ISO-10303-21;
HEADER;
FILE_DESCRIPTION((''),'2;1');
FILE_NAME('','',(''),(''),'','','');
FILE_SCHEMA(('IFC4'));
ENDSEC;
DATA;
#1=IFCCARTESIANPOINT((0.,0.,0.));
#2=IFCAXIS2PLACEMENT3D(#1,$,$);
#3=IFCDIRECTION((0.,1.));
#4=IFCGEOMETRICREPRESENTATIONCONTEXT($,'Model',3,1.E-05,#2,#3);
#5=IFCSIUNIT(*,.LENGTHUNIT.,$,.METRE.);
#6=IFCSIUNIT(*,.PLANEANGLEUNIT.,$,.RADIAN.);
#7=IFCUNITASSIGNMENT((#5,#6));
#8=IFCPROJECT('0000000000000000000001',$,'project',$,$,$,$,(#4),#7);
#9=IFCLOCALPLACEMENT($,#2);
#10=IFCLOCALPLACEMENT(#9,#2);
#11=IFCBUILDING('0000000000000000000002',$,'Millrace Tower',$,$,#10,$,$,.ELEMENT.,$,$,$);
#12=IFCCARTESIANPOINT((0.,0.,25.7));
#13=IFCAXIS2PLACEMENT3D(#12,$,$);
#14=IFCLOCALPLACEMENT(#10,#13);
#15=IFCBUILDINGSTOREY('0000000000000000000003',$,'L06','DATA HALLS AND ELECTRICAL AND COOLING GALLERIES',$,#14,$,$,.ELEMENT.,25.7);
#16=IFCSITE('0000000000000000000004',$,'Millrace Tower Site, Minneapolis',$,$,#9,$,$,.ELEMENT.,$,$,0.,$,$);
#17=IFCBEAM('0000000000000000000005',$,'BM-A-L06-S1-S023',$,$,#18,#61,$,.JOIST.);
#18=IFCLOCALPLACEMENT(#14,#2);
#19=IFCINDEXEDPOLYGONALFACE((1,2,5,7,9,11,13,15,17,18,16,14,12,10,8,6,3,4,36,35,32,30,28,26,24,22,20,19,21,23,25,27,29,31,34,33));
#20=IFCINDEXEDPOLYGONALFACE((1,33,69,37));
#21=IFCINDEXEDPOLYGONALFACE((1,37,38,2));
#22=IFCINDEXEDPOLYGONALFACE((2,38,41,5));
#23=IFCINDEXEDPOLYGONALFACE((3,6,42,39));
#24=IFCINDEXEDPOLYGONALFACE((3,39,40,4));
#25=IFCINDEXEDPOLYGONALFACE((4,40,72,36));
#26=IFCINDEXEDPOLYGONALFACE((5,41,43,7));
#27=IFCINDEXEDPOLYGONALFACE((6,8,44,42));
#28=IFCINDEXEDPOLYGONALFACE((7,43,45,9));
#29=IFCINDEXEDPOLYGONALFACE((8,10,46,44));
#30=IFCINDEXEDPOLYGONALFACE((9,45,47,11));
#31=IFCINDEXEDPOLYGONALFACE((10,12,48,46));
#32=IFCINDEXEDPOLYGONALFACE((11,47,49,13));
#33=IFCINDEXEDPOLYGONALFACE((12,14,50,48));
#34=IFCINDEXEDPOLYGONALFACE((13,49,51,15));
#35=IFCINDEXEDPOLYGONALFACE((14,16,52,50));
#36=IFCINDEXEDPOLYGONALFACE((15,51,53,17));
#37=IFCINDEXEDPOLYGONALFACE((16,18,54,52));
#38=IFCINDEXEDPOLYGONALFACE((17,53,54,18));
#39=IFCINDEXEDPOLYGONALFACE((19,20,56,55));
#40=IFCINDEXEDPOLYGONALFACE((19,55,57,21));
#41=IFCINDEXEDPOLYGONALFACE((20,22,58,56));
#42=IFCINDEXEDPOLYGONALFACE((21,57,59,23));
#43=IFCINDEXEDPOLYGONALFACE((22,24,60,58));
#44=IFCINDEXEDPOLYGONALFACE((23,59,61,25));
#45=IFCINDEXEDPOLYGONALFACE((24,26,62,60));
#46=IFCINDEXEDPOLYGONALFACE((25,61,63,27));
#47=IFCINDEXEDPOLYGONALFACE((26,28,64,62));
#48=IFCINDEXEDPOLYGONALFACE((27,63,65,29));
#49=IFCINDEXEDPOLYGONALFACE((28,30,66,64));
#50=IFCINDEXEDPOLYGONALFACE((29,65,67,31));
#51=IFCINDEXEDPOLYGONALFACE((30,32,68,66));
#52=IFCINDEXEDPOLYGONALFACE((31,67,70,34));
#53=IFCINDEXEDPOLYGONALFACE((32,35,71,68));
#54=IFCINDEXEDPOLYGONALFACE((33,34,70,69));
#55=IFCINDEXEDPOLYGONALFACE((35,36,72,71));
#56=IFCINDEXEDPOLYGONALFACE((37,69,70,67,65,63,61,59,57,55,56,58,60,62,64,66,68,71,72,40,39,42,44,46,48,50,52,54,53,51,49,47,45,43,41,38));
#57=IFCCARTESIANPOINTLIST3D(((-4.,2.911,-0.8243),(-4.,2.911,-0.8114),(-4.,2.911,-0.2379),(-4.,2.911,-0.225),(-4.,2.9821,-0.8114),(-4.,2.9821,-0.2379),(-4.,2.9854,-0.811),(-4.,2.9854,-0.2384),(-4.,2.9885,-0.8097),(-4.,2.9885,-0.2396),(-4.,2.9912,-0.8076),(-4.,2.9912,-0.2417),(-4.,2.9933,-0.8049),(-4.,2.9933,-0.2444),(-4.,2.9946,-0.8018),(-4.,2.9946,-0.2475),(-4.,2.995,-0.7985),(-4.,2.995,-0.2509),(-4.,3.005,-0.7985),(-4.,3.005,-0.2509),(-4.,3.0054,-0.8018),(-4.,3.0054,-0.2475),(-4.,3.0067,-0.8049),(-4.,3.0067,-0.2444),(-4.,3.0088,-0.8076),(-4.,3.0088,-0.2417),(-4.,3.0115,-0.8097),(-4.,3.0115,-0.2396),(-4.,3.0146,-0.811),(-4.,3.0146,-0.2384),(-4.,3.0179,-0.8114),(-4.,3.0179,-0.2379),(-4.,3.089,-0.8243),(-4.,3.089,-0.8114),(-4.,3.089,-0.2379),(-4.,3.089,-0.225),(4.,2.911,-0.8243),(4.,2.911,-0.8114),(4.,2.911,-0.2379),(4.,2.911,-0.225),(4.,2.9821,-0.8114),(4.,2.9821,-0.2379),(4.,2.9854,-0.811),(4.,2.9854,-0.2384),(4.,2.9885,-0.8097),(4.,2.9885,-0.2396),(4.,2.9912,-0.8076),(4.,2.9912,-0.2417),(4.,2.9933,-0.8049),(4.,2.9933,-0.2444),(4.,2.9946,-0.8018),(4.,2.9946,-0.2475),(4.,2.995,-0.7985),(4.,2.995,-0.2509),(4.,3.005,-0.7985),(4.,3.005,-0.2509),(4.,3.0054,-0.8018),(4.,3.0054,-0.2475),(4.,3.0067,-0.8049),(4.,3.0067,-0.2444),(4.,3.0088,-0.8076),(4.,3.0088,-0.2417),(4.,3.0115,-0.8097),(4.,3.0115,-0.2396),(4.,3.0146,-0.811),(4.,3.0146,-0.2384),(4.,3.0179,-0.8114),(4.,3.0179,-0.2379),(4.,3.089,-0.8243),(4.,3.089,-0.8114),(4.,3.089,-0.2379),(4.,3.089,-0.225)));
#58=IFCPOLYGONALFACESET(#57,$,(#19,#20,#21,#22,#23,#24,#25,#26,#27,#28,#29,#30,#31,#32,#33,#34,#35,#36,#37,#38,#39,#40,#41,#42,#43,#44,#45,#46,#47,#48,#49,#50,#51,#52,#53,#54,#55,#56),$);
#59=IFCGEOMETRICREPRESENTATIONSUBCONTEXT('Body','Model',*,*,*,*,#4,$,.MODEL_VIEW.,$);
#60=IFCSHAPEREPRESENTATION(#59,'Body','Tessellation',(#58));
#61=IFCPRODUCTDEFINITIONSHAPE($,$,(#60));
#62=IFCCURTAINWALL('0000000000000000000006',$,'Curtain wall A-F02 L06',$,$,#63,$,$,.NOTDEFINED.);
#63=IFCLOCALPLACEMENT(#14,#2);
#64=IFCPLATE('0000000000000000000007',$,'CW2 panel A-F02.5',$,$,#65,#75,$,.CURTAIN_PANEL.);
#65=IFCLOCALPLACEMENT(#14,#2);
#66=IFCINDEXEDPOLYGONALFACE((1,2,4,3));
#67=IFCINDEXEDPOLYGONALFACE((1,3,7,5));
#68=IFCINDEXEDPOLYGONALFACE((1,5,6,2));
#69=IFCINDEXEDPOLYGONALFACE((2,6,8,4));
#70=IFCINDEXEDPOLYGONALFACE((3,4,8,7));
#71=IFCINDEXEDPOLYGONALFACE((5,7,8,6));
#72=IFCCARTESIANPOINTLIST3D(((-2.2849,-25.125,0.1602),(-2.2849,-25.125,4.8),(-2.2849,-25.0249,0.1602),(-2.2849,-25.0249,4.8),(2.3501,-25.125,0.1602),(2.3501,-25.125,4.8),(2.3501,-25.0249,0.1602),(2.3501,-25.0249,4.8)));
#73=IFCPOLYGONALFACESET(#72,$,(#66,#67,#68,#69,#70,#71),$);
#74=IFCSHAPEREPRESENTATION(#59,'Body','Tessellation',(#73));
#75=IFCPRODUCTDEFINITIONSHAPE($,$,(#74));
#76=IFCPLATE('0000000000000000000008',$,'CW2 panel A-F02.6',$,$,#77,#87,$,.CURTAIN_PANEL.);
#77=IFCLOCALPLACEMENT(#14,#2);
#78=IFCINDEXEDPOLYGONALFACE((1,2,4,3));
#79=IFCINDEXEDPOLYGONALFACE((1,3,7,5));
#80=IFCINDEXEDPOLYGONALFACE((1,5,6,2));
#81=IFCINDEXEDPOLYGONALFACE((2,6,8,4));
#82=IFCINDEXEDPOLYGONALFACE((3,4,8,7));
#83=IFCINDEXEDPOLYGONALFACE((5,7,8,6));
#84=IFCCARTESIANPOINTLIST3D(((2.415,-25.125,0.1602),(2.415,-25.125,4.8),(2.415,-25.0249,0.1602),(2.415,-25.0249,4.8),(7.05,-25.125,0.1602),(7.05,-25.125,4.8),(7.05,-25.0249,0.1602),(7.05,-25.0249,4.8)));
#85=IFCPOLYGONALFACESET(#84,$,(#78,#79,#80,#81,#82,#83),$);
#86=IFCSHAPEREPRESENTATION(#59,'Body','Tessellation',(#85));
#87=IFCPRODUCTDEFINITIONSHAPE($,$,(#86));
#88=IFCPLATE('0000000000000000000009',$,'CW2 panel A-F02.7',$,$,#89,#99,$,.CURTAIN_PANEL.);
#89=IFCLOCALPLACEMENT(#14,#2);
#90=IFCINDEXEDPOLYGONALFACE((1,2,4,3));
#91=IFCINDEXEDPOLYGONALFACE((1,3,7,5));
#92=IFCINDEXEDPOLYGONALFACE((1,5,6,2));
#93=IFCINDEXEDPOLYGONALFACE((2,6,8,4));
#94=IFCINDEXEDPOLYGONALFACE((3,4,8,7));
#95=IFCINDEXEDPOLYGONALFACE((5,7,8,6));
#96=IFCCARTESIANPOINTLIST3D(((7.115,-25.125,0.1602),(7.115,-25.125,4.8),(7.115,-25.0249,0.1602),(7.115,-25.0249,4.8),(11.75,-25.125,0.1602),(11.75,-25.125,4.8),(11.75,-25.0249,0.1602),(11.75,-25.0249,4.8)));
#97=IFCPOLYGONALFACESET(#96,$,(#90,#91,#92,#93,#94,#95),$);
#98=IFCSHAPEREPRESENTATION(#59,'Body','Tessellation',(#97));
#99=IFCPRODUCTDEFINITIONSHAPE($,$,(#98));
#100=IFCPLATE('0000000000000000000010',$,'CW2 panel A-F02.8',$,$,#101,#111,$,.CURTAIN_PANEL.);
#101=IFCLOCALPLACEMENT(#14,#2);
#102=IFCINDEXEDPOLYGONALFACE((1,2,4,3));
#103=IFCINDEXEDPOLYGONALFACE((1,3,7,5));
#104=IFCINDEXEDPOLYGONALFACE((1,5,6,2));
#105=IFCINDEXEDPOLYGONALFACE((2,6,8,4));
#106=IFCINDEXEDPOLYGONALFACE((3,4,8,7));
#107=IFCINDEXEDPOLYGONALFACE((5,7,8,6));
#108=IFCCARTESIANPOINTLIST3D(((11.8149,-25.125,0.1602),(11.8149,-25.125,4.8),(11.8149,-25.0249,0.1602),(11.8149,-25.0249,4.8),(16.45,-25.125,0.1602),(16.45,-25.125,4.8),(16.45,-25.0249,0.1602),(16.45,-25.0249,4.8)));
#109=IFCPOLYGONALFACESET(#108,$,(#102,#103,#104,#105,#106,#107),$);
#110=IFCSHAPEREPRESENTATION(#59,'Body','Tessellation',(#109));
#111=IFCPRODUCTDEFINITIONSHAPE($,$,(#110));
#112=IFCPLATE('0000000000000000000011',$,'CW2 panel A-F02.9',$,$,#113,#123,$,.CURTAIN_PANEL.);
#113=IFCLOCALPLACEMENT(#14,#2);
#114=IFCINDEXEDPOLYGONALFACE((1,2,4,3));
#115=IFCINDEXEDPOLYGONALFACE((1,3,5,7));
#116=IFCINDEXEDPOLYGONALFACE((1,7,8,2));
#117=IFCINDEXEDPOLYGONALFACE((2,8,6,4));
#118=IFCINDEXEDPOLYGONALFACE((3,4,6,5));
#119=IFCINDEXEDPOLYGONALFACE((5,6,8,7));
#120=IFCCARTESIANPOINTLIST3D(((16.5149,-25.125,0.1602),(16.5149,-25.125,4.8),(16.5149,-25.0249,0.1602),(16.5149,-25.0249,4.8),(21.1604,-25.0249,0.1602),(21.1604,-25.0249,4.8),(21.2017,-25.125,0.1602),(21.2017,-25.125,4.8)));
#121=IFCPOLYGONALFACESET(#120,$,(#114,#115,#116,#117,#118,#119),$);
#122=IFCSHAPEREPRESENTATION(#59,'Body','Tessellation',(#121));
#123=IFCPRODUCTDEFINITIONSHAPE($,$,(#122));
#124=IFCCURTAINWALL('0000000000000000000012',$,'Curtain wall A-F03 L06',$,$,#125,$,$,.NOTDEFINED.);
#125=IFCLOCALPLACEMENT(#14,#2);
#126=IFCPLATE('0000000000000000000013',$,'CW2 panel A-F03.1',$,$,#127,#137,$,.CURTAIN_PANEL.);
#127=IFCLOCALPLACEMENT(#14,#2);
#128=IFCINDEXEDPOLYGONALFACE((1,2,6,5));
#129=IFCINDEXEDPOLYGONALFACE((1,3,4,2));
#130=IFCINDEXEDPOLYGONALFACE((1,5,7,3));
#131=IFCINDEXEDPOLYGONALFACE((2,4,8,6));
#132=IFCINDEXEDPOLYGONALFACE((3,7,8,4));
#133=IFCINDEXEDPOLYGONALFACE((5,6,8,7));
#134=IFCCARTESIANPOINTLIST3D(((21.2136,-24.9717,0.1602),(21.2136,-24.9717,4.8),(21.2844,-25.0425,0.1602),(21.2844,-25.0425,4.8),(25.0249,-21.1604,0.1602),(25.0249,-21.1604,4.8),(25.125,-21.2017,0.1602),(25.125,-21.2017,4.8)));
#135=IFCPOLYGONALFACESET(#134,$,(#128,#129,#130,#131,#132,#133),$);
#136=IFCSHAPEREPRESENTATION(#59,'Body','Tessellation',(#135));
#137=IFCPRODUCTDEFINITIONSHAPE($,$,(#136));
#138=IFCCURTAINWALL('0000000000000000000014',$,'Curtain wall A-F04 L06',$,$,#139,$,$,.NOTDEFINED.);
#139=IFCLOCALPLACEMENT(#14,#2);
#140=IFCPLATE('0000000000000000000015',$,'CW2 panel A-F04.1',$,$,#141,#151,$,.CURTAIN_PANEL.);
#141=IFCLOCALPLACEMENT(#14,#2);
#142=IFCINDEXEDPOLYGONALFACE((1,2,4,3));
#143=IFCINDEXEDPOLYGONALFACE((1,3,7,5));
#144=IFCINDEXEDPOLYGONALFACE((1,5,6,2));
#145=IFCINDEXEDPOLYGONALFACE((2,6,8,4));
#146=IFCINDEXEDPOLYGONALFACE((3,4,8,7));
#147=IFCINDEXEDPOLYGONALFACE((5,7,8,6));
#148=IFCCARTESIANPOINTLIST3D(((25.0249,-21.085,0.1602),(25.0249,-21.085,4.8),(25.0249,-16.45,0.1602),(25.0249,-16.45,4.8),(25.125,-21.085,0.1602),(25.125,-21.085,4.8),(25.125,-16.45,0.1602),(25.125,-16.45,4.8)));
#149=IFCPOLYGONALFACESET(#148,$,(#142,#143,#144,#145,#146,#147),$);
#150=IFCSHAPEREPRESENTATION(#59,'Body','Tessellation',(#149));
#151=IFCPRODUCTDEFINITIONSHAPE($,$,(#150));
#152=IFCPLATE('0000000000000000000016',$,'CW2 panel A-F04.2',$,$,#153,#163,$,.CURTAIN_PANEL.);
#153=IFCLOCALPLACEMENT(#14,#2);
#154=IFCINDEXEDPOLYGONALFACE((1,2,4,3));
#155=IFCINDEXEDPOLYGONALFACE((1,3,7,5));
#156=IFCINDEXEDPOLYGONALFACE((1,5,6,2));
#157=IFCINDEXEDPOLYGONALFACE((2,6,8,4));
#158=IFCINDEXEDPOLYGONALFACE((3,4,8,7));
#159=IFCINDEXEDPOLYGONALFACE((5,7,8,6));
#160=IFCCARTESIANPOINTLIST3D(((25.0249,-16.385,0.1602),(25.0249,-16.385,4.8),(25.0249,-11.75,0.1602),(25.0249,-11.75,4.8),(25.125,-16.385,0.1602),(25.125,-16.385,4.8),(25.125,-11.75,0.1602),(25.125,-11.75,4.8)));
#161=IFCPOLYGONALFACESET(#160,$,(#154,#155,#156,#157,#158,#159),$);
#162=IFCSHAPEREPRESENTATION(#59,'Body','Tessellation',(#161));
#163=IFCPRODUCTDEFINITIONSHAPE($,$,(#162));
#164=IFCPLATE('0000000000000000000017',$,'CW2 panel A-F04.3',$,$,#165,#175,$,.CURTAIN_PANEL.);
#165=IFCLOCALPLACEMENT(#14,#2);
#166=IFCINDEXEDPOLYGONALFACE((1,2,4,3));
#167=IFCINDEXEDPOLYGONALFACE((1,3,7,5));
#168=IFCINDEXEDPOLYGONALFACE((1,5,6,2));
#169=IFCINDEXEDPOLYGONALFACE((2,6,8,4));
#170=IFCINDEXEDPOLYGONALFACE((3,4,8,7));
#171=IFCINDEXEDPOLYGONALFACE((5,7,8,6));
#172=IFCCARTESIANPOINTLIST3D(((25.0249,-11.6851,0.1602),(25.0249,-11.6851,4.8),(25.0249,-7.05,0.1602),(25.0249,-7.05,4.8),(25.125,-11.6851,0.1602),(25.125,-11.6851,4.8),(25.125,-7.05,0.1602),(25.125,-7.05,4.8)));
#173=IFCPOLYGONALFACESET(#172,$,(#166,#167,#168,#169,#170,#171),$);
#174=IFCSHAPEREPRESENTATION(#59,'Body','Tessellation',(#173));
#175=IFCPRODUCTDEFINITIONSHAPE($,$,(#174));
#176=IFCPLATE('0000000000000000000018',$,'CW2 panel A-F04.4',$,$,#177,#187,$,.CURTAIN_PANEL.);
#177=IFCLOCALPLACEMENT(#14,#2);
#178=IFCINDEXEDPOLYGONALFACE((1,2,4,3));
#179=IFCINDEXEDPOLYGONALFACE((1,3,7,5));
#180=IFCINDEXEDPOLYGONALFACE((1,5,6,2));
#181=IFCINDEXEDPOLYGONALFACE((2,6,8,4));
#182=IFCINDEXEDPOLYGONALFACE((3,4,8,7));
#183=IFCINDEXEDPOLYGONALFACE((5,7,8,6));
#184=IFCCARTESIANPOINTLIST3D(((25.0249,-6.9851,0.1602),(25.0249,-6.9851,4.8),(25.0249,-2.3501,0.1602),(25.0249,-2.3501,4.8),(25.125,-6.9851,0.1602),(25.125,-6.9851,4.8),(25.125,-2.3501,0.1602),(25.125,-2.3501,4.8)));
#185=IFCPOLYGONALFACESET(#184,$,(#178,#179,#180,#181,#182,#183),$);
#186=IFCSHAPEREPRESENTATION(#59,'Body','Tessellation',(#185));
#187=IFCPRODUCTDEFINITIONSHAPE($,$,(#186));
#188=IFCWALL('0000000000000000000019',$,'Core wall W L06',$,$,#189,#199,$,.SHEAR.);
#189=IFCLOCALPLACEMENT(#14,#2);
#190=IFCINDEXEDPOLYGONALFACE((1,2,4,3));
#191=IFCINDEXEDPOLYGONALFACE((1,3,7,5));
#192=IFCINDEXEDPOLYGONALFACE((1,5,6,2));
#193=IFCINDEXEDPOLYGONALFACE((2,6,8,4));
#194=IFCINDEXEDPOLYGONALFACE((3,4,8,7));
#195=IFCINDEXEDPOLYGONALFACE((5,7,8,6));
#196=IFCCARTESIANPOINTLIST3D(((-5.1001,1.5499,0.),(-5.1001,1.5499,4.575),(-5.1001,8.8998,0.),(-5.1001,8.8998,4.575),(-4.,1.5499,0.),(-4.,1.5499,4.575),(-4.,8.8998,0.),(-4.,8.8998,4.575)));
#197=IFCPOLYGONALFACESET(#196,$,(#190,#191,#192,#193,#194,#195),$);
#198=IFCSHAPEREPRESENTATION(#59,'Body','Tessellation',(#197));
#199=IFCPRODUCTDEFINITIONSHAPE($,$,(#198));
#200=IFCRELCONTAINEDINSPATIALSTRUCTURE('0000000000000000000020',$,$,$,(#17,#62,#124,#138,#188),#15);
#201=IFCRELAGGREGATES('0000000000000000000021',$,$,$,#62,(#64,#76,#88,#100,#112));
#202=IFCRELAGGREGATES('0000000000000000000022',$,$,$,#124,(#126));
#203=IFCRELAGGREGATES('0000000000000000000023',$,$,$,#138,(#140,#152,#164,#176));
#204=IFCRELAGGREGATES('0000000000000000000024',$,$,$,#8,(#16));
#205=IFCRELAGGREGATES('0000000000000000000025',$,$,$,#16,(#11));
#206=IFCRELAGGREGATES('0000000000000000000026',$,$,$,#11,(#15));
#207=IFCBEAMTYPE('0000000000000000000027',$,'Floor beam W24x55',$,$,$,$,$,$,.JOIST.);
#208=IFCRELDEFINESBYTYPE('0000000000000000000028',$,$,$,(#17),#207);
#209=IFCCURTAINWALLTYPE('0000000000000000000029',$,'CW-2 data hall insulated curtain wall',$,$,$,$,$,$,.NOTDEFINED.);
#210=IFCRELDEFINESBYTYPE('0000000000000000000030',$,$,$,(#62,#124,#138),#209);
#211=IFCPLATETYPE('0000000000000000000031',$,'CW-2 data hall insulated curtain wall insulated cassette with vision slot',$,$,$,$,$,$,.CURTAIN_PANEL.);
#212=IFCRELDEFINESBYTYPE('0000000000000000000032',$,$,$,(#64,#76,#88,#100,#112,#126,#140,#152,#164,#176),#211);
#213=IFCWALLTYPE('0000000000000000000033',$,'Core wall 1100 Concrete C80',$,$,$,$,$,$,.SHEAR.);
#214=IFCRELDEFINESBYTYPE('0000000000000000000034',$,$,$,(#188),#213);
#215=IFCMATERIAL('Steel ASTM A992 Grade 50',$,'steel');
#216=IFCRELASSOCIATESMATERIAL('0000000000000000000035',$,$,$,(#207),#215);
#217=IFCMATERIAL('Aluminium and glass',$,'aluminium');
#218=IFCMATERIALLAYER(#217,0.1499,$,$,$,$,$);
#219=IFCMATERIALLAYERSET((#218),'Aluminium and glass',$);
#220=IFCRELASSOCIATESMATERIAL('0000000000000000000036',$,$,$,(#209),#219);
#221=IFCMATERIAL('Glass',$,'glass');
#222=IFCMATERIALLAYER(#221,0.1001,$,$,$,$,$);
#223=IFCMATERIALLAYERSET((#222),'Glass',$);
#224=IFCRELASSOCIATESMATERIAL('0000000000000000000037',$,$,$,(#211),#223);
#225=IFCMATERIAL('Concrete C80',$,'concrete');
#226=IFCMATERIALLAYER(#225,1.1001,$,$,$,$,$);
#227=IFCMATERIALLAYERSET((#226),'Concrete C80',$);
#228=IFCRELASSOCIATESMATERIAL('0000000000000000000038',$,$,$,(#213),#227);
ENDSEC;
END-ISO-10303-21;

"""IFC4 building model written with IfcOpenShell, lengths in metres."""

from ifc_helpers import new_model, si_unit, direction, frame, frame_2d, origin, origin_2d, place, context, subcontext, project, spatial, polyline, rectangle, i_section, outline, extrude, material, layer, layer_set, material_profile, profile_set, type_object, element, aggregate, save


model = new_model("IFC4")

# Units and contexts
model_context = context("Model", 3, precision=1e-05, world=origin(), true_north=direction((0.0, 1.0)))
body_context = subcontext(model_context, "Body", "Model", "MODEL_VIEW")
ifc_project = project(units=[si_unit("LENGTHUNIT", "METRE"), si_unit("PLANEANGLEUNIT", "RADIAN")], contexts=[model_context])

# Site, building, storey
site_placement = place(None, origin())
site = spatial("IfcSite", under=ifc_project, at=site_placement, Name="Millrace Tower Site, Minneapolis", CompositionType="ELEMENT", RefElevation=0.0)
building_placement = place(site_placement, origin())
building = spatial("IfcBuilding", under=site, at=building_placement, Name="Millrace Tower", CompositionType="ELEMENT")
storey_placement = place(building_placement, frame((0.0, 0.0, 25.7)))
storey = spatial("IfcBuildingStorey", under=building, at=storey_placement, Name="L06", Description="DATA HALLS AND ELECTRICAL AND COOLING GALLERIES", CompositionType="ELEMENT", Elevation=25.7)

# Beam
ifc_material_1 = material(Name="Steel ASTM A992 Grade 50", Category="steel")
ifc_material_profile = material_profile(ifc_material_1, i_section(OverallWidth=0.178, OverallDepth=0.5994, WebThickness=0.01, FlangeThickness=0.0129, FilletRadius=0.0129, at=origin_2d()))
ifc_profile_set = profile_set([ifc_material_profile], Name="Steel ASTM A992 Grade 50")
beam_type = type_object("IfcBeamType", Name="Floor beam W24x55", PredefinedType="JOIST", material=ifc_profile_set)
beam_placement = place(storey_placement, frame((-4.0, 3.0, -0.5247), z_axis=(1.0, 0.0, 0.0), x_axis=(0.0, 1.0, 0.0)))
element("IfcBeam", 1, at=beam_placement, inside=storey, type_object=beam_type, Name="BM-A-L06-S1-S023", PredefinedType="JOIST", context=body_context, shape_type="SweptSolid", body=[
    extrude(i_section(OverallWidth=0.178, OverallDepth=0.5994, WebThickness=0.01, FlangeThickness=0.0129, FilletRadius=0.0129, at=origin_2d()), origin(), (0.0, 0.0, 1.0), 8.0),
])

# Curtain wall, plates
ifc_material_2 = material(Name="Aluminium and glass", Category="aluminium")
ifc_layer_1 = layer(ifc_material_2, 0.1499)
ifc_layer_set_1 = layer_set([ifc_layer_1], Name="Aluminium and glass")
curtain_wall_type = type_object("IfcCurtainWallType", Name="CW-2 data hall insulated curtain wall", PredefinedType="NOTDEFINED", material=ifc_layer_set_1)
placement_1 = place(storey_placement, origin())
curtain_wall_1 = element("IfcCurtainWall", 2, at=placement_1, inside=storey, type_object=curtain_wall_type, Name="Curtain wall A-F02 L06", PredefinedType="NOTDEFINED")
ifc_material_3 = material(Name="Glass", Category="glass")
ifc_layer_2 = layer(ifc_material_3, 0.1001)
ifc_layer_set_2 = layer_set([ifc_layer_2], Name="Glass")
plate_type = type_object("IfcPlateType", Name="CW-2 data hall insulated curtain wall insulated cassette with vision slot", PredefinedType="CURTAIN_PANEL", material=ifc_layer_set_2)
placement_2 = place(storey_placement, frame((0.0, 0.0, 0.1602)))
plate_1 = element("IfcPlate", 3, at=placement_2, type_object=plate_type, Name="CW2 panel A-F02.5", PredefinedType="CURTAIN_PANEL", context=body_context, shape_type="SweptSolid", body=[
    extrude(outline(polyline([(-2.2849, -25.125), (2.3501, -25.125), (2.3501, -25.0249), (-2.2849, -25.0249), (-2.2849, -25.125)])), origin(), (0.0, 0.0, 1.0), 4.6399),
])
plate_2 = element("IfcPlate", 4, at=placement_2, type_object=plate_type, Name="CW2 panel A-F02.6", PredefinedType="CURTAIN_PANEL", context=body_context, shape_type="SweptSolid", body=[
    extrude(outline(polyline([(2.415, -25.125), (7.05, -25.125), (7.05, -25.0249), (2.415, -25.0249), (2.415, -25.125)])), origin(), (0.0, 0.0, 1.0), 4.6399),
])
plate_3 = element("IfcPlate", 5, at=placement_2, type_object=plate_type, Name="CW2 panel A-F02.7", PredefinedType="CURTAIN_PANEL", context=body_context, shape_type="SweptSolid", body=[
    extrude(outline(polyline([(7.115, -25.125), (11.75, -25.125), (11.75, -25.0249), (7.115, -25.0249), (7.115, -25.125)])), origin(), (0.0, 0.0, 1.0), 4.6399),
])
plate_4 = element("IfcPlate", 6, at=placement_2, type_object=plate_type, Name="CW2 panel A-F02.8", PredefinedType="CURTAIN_PANEL", context=body_context, shape_type="SweptSolid", body=[
    extrude(outline(polyline([(11.8149, -25.125), (16.45, -25.125), (16.45, -25.0249), (11.8149, -25.0249), (11.8149, -25.125)])), origin(), (0.0, 0.0, 1.0), 4.6399),
])
plate_5 = element("IfcPlate", 7, at=placement_2, type_object=plate_type, Name="CW2 panel A-F02.9", PredefinedType="CURTAIN_PANEL", context=body_context, shape_type="SweptSolid", body=[
    extrude(outline(polyline([(16.5149, -25.125), (21.2017, -25.125), (21.1604, -25.0249), (16.5149, -25.0249), (16.5149, -25.125)])), origin(), (0.0, 0.0, 1.0), 4.6399),
])
aggregate(curtain_wall_1, [plate_1, plate_2, plate_3, plate_4, plate_5])

# Curtain wall, plate
curtain_wall_2 = element("IfcCurtainWall", 8, at=placement_1, inside=storey, type_object=curtain_wall_type, Name="Curtain wall A-F03 L06", PredefinedType="NOTDEFINED")
plate_6 = element("IfcPlate", 9, at=placement_2, type_object=plate_type, Name="CW2 panel A-F03.1", PredefinedType="CURTAIN_PANEL", context=body_context, shape_type="SweptSolid", body=[
    extrude(outline(polyline([(21.2844, -25.0425), (25.125, -21.2017), (25.0249, -21.1604), (21.2136, -24.9717), (21.2844, -25.0425)])), origin(), (0.0, 0.0, 1.0), 4.6399),
])
aggregate(curtain_wall_2, [plate_6])

# Curtain wall, plates
curtain_wall_3 = element("IfcCurtainWall", 10, at=placement_1, inside=storey, type_object=curtain_wall_type, Name="Curtain wall A-F04 L06", PredefinedType="NOTDEFINED")
plate_7 = element("IfcPlate", 11, at=placement_2, type_object=plate_type, Name="CW2 panel A-F04.1", PredefinedType="CURTAIN_PANEL", context=body_context, shape_type="SweptSolid", body=[
    extrude(outline(polyline([(25.125, -21.085), (25.125, -16.45), (25.0249, -16.45), (25.0249, -21.085), (25.125, -21.085)])), origin(), (0.0, 0.0, 1.0), 4.6399),
])
plate_8 = element("IfcPlate", 12, at=placement_2, type_object=plate_type, Name="CW2 panel A-F04.2", PredefinedType="CURTAIN_PANEL", context=body_context, shape_type="SweptSolid", body=[
    extrude(outline(polyline([(25.125, -16.385), (25.125, -11.75), (25.0249, -11.75), (25.0249, -16.385), (25.125, -16.385)])), origin(), (0.0, 0.0, 1.0), 4.6399),
])
plate_9 = element("IfcPlate", 13, at=placement_2, type_object=plate_type, Name="CW2 panel A-F04.3", PredefinedType="CURTAIN_PANEL", context=body_context, shape_type="SweptSolid", body=[
    extrude(outline(polyline([(25.125, -11.6851), (25.125, -7.05), (25.0249, -7.05), (25.0249, -11.6851), (25.125, -11.6851)])), origin(), (0.0, 0.0, 1.0), 4.6399),
])
plate_10 = element("IfcPlate", 14, at=placement_2, type_object=plate_type, Name="CW2 panel A-F04.4", PredefinedType="CURTAIN_PANEL", context=body_context, shape_type="SweptSolid", body=[
    extrude(outline(polyline([(25.125, -6.9851), (25.125, -2.3501), (25.0249, -2.3501), (25.0249, -6.9851), (25.125, -6.9851)])), origin(), (0.0, 0.0, 1.0), 4.6399),
])
aggregate(curtain_wall_3, [plate_7, plate_8, plate_9, plate_10])

# Wall
ifc_material_4 = material(Name="Concrete C80", Category="concrete")
ifc_layer_3 = layer(ifc_material_4, 1.1001)
ifc_layer_set_3 = layer_set([ifc_layer_3], Name="Concrete C80")
wall_type_1 = type_object("IfcWallType", Name="Core wall 1100 Concrete C80", PredefinedType="SHEAR", material=ifc_layer_set_3)
wall_1_placement = place(storey_placement, frame((-4.55, 1.55, 0.0), z_axis=(0.0, 0.0, 1.0), x_axis=(0.0, 1.0, 0.0)))
element("IfcWall", 15, at=wall_1_placement, inside=storey, type_object=wall_type_1, Name="Core wall W L06", PredefinedType="SHEAR", context=body_context, shape_type="SweptSolid", body=[
    extrude(rectangle(XDim=7.3499, YDim=1.1001, at=frame_2d((3.6748, 0.0))), origin(), (0.0, 0.0, 1.0), 4.575),
])

save(model, "model.ifc")
